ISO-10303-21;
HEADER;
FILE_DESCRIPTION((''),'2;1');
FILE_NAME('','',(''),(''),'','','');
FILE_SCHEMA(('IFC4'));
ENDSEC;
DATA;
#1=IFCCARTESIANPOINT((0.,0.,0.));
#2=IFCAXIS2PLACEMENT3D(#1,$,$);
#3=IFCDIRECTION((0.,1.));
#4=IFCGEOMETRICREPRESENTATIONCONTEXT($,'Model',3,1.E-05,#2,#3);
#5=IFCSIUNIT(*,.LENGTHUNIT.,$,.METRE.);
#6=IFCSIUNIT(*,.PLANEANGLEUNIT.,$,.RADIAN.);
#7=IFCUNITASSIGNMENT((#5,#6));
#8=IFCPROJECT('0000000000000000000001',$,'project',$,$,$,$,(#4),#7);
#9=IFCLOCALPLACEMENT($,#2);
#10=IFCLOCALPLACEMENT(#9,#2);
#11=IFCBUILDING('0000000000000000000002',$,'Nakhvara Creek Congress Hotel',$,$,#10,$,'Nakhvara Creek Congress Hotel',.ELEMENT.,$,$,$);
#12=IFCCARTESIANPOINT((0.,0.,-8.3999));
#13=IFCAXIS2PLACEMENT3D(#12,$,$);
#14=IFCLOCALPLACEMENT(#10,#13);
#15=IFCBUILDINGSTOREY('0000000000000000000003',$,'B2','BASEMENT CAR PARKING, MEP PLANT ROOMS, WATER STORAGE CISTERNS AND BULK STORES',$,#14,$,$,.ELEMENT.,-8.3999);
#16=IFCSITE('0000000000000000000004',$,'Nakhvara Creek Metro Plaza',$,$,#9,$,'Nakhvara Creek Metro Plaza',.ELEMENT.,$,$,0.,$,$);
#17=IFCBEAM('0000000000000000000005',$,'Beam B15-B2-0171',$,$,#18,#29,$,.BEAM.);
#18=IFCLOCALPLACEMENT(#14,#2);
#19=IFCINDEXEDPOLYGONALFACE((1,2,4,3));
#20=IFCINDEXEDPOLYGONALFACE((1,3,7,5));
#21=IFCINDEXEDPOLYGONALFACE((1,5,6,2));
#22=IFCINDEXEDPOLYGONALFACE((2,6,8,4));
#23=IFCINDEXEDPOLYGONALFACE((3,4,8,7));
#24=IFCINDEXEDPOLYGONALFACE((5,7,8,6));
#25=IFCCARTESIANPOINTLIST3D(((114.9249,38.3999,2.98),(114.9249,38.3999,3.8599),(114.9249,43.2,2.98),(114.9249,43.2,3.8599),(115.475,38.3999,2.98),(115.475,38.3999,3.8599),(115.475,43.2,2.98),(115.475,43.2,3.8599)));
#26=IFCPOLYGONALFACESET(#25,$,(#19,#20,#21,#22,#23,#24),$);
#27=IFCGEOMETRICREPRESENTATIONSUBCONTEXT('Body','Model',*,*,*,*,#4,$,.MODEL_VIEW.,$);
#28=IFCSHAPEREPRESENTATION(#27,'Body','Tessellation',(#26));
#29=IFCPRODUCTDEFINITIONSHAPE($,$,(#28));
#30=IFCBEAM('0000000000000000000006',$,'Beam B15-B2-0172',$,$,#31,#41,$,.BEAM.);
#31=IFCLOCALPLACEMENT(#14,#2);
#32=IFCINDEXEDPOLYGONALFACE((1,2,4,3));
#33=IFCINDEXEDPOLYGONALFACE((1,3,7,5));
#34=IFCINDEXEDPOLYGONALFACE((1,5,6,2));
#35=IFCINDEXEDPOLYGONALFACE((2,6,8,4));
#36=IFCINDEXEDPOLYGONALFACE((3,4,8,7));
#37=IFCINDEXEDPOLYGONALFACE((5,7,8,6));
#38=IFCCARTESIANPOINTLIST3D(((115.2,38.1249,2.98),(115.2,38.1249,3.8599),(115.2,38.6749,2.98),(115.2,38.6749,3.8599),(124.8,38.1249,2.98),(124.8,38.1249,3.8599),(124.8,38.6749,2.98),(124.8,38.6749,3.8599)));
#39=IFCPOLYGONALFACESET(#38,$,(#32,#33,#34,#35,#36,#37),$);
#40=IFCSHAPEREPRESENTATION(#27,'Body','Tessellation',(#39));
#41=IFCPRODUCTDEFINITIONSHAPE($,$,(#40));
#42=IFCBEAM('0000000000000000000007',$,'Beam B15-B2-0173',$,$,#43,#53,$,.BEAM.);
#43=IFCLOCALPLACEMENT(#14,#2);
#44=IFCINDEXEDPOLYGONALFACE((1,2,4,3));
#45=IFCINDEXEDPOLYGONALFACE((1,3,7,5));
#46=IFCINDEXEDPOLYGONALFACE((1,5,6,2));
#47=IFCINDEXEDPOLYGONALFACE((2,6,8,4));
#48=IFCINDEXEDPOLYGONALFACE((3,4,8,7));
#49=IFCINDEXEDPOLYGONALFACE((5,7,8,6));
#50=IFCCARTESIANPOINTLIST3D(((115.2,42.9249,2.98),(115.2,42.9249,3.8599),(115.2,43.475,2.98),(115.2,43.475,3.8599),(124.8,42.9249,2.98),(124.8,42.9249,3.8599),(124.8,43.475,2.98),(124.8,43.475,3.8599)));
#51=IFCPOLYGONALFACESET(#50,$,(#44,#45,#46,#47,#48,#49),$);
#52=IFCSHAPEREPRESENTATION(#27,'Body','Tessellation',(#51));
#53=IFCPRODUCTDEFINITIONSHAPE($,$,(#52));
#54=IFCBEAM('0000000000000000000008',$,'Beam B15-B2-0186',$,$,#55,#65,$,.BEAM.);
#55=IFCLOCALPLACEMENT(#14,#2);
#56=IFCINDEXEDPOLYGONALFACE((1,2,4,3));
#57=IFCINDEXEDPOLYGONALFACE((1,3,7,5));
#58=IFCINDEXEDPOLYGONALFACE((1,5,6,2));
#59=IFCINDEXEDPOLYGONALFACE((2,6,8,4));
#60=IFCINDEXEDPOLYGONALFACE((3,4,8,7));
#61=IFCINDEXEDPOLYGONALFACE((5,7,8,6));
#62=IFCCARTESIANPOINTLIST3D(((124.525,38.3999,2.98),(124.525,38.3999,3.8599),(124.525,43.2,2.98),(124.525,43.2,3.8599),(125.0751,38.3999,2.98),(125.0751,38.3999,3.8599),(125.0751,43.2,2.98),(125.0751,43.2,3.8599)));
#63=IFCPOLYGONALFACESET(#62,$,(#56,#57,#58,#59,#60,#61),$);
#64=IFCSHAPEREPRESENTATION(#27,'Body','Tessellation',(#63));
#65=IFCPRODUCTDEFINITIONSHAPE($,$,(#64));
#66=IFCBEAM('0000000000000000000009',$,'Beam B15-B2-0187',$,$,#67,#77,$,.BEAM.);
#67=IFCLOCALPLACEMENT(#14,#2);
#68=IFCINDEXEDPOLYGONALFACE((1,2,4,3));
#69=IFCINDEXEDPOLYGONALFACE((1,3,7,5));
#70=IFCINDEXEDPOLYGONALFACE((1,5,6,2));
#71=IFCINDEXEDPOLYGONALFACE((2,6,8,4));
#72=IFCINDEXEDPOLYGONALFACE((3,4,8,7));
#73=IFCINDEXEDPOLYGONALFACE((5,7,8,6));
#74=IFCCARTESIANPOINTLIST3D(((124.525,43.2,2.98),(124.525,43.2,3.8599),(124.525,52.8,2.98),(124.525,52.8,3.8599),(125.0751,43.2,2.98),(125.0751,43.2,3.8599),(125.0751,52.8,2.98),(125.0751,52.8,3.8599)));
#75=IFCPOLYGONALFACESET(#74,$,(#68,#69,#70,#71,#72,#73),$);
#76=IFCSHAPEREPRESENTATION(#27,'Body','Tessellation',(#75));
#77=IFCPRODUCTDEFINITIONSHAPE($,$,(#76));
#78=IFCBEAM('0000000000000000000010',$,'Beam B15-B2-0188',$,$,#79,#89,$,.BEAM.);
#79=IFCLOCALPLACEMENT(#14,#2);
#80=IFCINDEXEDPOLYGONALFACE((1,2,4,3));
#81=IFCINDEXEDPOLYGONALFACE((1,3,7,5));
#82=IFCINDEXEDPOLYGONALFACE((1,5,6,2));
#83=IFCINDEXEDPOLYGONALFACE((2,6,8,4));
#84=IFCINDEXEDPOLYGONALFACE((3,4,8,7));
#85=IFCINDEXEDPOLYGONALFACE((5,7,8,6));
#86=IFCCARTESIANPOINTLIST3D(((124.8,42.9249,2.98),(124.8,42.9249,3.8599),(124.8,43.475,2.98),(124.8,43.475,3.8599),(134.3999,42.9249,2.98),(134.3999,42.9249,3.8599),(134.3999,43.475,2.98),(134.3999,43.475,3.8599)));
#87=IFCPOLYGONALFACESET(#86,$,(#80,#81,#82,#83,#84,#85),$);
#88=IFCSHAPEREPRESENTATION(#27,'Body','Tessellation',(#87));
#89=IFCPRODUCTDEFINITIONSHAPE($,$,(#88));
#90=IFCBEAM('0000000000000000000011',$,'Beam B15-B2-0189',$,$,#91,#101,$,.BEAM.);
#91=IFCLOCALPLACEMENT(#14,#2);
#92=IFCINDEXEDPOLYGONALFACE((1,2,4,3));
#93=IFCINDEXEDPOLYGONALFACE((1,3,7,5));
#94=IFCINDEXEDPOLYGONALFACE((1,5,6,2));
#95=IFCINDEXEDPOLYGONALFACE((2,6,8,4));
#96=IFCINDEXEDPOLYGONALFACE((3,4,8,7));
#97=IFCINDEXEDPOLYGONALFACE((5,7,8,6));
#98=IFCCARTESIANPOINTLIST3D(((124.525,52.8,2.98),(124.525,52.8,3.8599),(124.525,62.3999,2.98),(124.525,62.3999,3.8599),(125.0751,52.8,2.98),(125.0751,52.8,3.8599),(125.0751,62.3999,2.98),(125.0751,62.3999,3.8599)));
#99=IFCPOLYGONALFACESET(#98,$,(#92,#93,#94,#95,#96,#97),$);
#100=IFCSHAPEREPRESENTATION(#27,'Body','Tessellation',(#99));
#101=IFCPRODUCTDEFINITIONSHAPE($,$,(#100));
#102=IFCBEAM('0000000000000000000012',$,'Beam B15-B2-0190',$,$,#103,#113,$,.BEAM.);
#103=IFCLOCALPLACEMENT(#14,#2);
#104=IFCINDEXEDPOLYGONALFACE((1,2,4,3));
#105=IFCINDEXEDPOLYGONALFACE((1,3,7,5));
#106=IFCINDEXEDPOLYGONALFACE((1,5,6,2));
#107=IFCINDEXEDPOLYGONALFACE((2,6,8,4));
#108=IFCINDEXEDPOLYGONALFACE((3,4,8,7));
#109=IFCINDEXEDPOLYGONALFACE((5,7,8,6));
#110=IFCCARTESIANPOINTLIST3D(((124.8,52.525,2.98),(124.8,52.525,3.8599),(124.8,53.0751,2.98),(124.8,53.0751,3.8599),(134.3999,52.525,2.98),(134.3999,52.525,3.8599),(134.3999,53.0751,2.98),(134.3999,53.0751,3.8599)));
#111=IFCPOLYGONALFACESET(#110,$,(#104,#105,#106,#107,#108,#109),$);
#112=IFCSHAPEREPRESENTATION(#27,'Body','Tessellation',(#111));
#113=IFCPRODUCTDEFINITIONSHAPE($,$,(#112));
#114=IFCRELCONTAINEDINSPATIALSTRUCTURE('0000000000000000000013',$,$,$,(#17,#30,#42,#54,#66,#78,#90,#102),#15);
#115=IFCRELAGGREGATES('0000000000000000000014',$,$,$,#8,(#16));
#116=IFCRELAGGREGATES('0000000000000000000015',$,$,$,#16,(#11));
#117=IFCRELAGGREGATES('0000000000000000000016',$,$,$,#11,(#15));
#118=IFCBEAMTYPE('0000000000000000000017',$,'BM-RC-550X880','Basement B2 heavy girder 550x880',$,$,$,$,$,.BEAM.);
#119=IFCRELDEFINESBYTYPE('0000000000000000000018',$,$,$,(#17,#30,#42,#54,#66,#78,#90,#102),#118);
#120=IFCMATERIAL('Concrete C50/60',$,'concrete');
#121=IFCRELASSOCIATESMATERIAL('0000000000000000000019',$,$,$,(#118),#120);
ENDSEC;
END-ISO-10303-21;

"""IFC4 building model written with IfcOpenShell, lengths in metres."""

from ifc_helpers import new_model, si_unit, direction, frame, origin, origin_2d, place, context, subcontext, project, spatial, rectangle, extrude, material, material_profile, profile_set, type_object, element, save


model = new_model("IFC4")

# Units and contexts
model_context = context("Model", 3, precision=1e-05, world=origin(), true_north=direction((0.0, 1.0)))
body_context = subcontext(model_context, "Body", "Model", "MODEL_VIEW")
ifc_project = project(units=[si_unit("LENGTHUNIT", "METRE"), si_unit("PLANEANGLEUNIT", "RADIAN")], contexts=[model_context])

# Site, building, storey
site_placement = place(None, origin())
site = spatial("IfcSite", under=ifc_project, at=site_placement, Name="Nakhvara Creek Metro Plaza", LongName="Nakhvara Creek Metro Plaza", CompositionType="ELEMENT", RefElevation=0.0)
building_placement = place(site_placement, origin())
building = spatial("IfcBuilding", under=site, at=building_placement, Name="Nakhvara Creek Congress Hotel", LongName="Nakhvara Creek Congress Hotel", CompositionType="ELEMENT")
storey_placement = place(building_placement, frame((0.0, 0.0, -8.3999)))
storey = spatial("IfcBuildingStorey", under=building, at=storey_placement, Name="B2", Description="BASEMENT CAR PARKING, MEP PLANT ROOMS, WATER STORAGE CISTERNS AND BULK STORES", CompositionType="ELEMENT", Elevation=-8.3999)

# Shared definitions
ifc_material_1 = material(Name="Concrete C50/60", Category="concrete")

# Beams
ifc_material_profile_1 = material_profile(ifc_material_1, rectangle(XDim=0.55, YDim=0.8799, at=origin_2d()), Name="RC-BM 550x880", Category="LoadBearing")
ifc_profile_set_1 = profile_set([ifc_material_profile_1], Name="Concrete C50/60")
beam_type = type_object("IfcBeamType", Name="BM-RC-550X880", Description="Basement B2 heavy girder 550x880", PredefinedType="BEAM", material=ifc_profile_set_1)
beam_1_placement = place(storey_placement, frame((115.2, 38.3999, 3.4199), z_axis=(0.0, 1.0, 0.0), x_axis=(-1.0, 0.0, 0.0)))
element("IfcBeam", 1, at=beam_1_placement, inside=storey, type_object=beam_type, Name="Beam B15-B2-0171", PredefinedType="BEAM", context=body_context, shape_type="SweptSolid", body=[
    extrude(rectangle(XDim=0.55, YDim=0.8799, at=origin_2d()), origin(), (0.0, 0.0, 1.0), 4.8),
])
for number, where, z_axis, x_axis, name in (
    (2, (115.2, 38.3999, 3.4199), (1.0, 0.0, 0.0), (0.0, 1.0, 0.0), "Beam B15-B2-0172"),
    (3, (115.2, 43.2, 3.4199), (1.0, 0.0, 0.0), (0.0, 1.0, 0.0), "Beam B15-B2-0173"),
):
    element("IfcBeam", number, at=place(storey_placement, frame(where, z_axis=z_axis, x_axis=x_axis)), inside=storey, type_object=beam_type, Name=name, PredefinedType="BEAM", context=body_context, shape_type="SweptSolid", body=[
        extrude(rectangle(XDim=0.55, YDim=0.8799, at=origin_2d()), origin(), (0.0, 0.0, 1.0), 9.6001),
    ])
beam_2_placement = place(storey_placement, frame((124.8, 38.3999, 3.4199), z_axis=(0.0, 1.0, 0.0), x_axis=(-1.0, 0.0, 0.0)))
element("IfcBeam", 4, at=beam_2_placement, inside=storey, type_object=beam_type, Name="Beam B15-B2-0186", PredefinedType="BEAM", context=body_context, shape_type="SweptSolid", body=[
    extrude(rectangle(XDim=0.55, YDim=0.8799, at=origin_2d()), origin(), (0.0, 0.0, 1.0), 4.8),
])
beam_3_placement = place(storey_placement, frame((124.8, 43.2, 3.4199), z_axis=(0.0, 1.0, 0.0), x_axis=(-1.0, 0.0, 0.0)))
element("IfcBeam", 5, at=beam_3_placement, inside=storey, type_object=beam_type, Name="Beam B15-B2-0187", PredefinedType="BEAM", context=body_context, shape_type="SweptSolid", body=[
    extrude(rectangle(XDim=0.55, YDim=0.8799, at=origin_2d()), origin(), (0.0, 0.0, 1.0), 9.6001),
])
for number, where, z_axis, x_axis, name in (
    (6, (124.8, 43.2, 3.4199), (1.0, 0.0, 0.0), (0.0, 1.0, 0.0), "Beam B15-B2-0188"),
    (7, (124.8, 52.8, 3.4199), (0.0, 1.0, 0.0), (-1.0, 0.0, 0.0), "Beam B15-B2-0189"),
    (8, (124.8, 52.8, 3.4199), (1.0, 0.0, 0.0), (0.0, 1.0, 0.0), "Beam B15-B2-0190"),
):
    element("IfcBeam", number, at=place(storey_placement, frame(where, z_axis=z_axis, x_axis=x_axis)), inside=storey, type_object=beam_type, Name=name, PredefinedType="BEAM", context=body_context, shape_type="SweptSolid", body=[
        extrude(rectangle(XDim=0.55, YDim=0.8799, at=origin_2d()), origin(), (0.0, 0.0, 1.0), 9.5999),
    ])

save(model, "model.ifc")
